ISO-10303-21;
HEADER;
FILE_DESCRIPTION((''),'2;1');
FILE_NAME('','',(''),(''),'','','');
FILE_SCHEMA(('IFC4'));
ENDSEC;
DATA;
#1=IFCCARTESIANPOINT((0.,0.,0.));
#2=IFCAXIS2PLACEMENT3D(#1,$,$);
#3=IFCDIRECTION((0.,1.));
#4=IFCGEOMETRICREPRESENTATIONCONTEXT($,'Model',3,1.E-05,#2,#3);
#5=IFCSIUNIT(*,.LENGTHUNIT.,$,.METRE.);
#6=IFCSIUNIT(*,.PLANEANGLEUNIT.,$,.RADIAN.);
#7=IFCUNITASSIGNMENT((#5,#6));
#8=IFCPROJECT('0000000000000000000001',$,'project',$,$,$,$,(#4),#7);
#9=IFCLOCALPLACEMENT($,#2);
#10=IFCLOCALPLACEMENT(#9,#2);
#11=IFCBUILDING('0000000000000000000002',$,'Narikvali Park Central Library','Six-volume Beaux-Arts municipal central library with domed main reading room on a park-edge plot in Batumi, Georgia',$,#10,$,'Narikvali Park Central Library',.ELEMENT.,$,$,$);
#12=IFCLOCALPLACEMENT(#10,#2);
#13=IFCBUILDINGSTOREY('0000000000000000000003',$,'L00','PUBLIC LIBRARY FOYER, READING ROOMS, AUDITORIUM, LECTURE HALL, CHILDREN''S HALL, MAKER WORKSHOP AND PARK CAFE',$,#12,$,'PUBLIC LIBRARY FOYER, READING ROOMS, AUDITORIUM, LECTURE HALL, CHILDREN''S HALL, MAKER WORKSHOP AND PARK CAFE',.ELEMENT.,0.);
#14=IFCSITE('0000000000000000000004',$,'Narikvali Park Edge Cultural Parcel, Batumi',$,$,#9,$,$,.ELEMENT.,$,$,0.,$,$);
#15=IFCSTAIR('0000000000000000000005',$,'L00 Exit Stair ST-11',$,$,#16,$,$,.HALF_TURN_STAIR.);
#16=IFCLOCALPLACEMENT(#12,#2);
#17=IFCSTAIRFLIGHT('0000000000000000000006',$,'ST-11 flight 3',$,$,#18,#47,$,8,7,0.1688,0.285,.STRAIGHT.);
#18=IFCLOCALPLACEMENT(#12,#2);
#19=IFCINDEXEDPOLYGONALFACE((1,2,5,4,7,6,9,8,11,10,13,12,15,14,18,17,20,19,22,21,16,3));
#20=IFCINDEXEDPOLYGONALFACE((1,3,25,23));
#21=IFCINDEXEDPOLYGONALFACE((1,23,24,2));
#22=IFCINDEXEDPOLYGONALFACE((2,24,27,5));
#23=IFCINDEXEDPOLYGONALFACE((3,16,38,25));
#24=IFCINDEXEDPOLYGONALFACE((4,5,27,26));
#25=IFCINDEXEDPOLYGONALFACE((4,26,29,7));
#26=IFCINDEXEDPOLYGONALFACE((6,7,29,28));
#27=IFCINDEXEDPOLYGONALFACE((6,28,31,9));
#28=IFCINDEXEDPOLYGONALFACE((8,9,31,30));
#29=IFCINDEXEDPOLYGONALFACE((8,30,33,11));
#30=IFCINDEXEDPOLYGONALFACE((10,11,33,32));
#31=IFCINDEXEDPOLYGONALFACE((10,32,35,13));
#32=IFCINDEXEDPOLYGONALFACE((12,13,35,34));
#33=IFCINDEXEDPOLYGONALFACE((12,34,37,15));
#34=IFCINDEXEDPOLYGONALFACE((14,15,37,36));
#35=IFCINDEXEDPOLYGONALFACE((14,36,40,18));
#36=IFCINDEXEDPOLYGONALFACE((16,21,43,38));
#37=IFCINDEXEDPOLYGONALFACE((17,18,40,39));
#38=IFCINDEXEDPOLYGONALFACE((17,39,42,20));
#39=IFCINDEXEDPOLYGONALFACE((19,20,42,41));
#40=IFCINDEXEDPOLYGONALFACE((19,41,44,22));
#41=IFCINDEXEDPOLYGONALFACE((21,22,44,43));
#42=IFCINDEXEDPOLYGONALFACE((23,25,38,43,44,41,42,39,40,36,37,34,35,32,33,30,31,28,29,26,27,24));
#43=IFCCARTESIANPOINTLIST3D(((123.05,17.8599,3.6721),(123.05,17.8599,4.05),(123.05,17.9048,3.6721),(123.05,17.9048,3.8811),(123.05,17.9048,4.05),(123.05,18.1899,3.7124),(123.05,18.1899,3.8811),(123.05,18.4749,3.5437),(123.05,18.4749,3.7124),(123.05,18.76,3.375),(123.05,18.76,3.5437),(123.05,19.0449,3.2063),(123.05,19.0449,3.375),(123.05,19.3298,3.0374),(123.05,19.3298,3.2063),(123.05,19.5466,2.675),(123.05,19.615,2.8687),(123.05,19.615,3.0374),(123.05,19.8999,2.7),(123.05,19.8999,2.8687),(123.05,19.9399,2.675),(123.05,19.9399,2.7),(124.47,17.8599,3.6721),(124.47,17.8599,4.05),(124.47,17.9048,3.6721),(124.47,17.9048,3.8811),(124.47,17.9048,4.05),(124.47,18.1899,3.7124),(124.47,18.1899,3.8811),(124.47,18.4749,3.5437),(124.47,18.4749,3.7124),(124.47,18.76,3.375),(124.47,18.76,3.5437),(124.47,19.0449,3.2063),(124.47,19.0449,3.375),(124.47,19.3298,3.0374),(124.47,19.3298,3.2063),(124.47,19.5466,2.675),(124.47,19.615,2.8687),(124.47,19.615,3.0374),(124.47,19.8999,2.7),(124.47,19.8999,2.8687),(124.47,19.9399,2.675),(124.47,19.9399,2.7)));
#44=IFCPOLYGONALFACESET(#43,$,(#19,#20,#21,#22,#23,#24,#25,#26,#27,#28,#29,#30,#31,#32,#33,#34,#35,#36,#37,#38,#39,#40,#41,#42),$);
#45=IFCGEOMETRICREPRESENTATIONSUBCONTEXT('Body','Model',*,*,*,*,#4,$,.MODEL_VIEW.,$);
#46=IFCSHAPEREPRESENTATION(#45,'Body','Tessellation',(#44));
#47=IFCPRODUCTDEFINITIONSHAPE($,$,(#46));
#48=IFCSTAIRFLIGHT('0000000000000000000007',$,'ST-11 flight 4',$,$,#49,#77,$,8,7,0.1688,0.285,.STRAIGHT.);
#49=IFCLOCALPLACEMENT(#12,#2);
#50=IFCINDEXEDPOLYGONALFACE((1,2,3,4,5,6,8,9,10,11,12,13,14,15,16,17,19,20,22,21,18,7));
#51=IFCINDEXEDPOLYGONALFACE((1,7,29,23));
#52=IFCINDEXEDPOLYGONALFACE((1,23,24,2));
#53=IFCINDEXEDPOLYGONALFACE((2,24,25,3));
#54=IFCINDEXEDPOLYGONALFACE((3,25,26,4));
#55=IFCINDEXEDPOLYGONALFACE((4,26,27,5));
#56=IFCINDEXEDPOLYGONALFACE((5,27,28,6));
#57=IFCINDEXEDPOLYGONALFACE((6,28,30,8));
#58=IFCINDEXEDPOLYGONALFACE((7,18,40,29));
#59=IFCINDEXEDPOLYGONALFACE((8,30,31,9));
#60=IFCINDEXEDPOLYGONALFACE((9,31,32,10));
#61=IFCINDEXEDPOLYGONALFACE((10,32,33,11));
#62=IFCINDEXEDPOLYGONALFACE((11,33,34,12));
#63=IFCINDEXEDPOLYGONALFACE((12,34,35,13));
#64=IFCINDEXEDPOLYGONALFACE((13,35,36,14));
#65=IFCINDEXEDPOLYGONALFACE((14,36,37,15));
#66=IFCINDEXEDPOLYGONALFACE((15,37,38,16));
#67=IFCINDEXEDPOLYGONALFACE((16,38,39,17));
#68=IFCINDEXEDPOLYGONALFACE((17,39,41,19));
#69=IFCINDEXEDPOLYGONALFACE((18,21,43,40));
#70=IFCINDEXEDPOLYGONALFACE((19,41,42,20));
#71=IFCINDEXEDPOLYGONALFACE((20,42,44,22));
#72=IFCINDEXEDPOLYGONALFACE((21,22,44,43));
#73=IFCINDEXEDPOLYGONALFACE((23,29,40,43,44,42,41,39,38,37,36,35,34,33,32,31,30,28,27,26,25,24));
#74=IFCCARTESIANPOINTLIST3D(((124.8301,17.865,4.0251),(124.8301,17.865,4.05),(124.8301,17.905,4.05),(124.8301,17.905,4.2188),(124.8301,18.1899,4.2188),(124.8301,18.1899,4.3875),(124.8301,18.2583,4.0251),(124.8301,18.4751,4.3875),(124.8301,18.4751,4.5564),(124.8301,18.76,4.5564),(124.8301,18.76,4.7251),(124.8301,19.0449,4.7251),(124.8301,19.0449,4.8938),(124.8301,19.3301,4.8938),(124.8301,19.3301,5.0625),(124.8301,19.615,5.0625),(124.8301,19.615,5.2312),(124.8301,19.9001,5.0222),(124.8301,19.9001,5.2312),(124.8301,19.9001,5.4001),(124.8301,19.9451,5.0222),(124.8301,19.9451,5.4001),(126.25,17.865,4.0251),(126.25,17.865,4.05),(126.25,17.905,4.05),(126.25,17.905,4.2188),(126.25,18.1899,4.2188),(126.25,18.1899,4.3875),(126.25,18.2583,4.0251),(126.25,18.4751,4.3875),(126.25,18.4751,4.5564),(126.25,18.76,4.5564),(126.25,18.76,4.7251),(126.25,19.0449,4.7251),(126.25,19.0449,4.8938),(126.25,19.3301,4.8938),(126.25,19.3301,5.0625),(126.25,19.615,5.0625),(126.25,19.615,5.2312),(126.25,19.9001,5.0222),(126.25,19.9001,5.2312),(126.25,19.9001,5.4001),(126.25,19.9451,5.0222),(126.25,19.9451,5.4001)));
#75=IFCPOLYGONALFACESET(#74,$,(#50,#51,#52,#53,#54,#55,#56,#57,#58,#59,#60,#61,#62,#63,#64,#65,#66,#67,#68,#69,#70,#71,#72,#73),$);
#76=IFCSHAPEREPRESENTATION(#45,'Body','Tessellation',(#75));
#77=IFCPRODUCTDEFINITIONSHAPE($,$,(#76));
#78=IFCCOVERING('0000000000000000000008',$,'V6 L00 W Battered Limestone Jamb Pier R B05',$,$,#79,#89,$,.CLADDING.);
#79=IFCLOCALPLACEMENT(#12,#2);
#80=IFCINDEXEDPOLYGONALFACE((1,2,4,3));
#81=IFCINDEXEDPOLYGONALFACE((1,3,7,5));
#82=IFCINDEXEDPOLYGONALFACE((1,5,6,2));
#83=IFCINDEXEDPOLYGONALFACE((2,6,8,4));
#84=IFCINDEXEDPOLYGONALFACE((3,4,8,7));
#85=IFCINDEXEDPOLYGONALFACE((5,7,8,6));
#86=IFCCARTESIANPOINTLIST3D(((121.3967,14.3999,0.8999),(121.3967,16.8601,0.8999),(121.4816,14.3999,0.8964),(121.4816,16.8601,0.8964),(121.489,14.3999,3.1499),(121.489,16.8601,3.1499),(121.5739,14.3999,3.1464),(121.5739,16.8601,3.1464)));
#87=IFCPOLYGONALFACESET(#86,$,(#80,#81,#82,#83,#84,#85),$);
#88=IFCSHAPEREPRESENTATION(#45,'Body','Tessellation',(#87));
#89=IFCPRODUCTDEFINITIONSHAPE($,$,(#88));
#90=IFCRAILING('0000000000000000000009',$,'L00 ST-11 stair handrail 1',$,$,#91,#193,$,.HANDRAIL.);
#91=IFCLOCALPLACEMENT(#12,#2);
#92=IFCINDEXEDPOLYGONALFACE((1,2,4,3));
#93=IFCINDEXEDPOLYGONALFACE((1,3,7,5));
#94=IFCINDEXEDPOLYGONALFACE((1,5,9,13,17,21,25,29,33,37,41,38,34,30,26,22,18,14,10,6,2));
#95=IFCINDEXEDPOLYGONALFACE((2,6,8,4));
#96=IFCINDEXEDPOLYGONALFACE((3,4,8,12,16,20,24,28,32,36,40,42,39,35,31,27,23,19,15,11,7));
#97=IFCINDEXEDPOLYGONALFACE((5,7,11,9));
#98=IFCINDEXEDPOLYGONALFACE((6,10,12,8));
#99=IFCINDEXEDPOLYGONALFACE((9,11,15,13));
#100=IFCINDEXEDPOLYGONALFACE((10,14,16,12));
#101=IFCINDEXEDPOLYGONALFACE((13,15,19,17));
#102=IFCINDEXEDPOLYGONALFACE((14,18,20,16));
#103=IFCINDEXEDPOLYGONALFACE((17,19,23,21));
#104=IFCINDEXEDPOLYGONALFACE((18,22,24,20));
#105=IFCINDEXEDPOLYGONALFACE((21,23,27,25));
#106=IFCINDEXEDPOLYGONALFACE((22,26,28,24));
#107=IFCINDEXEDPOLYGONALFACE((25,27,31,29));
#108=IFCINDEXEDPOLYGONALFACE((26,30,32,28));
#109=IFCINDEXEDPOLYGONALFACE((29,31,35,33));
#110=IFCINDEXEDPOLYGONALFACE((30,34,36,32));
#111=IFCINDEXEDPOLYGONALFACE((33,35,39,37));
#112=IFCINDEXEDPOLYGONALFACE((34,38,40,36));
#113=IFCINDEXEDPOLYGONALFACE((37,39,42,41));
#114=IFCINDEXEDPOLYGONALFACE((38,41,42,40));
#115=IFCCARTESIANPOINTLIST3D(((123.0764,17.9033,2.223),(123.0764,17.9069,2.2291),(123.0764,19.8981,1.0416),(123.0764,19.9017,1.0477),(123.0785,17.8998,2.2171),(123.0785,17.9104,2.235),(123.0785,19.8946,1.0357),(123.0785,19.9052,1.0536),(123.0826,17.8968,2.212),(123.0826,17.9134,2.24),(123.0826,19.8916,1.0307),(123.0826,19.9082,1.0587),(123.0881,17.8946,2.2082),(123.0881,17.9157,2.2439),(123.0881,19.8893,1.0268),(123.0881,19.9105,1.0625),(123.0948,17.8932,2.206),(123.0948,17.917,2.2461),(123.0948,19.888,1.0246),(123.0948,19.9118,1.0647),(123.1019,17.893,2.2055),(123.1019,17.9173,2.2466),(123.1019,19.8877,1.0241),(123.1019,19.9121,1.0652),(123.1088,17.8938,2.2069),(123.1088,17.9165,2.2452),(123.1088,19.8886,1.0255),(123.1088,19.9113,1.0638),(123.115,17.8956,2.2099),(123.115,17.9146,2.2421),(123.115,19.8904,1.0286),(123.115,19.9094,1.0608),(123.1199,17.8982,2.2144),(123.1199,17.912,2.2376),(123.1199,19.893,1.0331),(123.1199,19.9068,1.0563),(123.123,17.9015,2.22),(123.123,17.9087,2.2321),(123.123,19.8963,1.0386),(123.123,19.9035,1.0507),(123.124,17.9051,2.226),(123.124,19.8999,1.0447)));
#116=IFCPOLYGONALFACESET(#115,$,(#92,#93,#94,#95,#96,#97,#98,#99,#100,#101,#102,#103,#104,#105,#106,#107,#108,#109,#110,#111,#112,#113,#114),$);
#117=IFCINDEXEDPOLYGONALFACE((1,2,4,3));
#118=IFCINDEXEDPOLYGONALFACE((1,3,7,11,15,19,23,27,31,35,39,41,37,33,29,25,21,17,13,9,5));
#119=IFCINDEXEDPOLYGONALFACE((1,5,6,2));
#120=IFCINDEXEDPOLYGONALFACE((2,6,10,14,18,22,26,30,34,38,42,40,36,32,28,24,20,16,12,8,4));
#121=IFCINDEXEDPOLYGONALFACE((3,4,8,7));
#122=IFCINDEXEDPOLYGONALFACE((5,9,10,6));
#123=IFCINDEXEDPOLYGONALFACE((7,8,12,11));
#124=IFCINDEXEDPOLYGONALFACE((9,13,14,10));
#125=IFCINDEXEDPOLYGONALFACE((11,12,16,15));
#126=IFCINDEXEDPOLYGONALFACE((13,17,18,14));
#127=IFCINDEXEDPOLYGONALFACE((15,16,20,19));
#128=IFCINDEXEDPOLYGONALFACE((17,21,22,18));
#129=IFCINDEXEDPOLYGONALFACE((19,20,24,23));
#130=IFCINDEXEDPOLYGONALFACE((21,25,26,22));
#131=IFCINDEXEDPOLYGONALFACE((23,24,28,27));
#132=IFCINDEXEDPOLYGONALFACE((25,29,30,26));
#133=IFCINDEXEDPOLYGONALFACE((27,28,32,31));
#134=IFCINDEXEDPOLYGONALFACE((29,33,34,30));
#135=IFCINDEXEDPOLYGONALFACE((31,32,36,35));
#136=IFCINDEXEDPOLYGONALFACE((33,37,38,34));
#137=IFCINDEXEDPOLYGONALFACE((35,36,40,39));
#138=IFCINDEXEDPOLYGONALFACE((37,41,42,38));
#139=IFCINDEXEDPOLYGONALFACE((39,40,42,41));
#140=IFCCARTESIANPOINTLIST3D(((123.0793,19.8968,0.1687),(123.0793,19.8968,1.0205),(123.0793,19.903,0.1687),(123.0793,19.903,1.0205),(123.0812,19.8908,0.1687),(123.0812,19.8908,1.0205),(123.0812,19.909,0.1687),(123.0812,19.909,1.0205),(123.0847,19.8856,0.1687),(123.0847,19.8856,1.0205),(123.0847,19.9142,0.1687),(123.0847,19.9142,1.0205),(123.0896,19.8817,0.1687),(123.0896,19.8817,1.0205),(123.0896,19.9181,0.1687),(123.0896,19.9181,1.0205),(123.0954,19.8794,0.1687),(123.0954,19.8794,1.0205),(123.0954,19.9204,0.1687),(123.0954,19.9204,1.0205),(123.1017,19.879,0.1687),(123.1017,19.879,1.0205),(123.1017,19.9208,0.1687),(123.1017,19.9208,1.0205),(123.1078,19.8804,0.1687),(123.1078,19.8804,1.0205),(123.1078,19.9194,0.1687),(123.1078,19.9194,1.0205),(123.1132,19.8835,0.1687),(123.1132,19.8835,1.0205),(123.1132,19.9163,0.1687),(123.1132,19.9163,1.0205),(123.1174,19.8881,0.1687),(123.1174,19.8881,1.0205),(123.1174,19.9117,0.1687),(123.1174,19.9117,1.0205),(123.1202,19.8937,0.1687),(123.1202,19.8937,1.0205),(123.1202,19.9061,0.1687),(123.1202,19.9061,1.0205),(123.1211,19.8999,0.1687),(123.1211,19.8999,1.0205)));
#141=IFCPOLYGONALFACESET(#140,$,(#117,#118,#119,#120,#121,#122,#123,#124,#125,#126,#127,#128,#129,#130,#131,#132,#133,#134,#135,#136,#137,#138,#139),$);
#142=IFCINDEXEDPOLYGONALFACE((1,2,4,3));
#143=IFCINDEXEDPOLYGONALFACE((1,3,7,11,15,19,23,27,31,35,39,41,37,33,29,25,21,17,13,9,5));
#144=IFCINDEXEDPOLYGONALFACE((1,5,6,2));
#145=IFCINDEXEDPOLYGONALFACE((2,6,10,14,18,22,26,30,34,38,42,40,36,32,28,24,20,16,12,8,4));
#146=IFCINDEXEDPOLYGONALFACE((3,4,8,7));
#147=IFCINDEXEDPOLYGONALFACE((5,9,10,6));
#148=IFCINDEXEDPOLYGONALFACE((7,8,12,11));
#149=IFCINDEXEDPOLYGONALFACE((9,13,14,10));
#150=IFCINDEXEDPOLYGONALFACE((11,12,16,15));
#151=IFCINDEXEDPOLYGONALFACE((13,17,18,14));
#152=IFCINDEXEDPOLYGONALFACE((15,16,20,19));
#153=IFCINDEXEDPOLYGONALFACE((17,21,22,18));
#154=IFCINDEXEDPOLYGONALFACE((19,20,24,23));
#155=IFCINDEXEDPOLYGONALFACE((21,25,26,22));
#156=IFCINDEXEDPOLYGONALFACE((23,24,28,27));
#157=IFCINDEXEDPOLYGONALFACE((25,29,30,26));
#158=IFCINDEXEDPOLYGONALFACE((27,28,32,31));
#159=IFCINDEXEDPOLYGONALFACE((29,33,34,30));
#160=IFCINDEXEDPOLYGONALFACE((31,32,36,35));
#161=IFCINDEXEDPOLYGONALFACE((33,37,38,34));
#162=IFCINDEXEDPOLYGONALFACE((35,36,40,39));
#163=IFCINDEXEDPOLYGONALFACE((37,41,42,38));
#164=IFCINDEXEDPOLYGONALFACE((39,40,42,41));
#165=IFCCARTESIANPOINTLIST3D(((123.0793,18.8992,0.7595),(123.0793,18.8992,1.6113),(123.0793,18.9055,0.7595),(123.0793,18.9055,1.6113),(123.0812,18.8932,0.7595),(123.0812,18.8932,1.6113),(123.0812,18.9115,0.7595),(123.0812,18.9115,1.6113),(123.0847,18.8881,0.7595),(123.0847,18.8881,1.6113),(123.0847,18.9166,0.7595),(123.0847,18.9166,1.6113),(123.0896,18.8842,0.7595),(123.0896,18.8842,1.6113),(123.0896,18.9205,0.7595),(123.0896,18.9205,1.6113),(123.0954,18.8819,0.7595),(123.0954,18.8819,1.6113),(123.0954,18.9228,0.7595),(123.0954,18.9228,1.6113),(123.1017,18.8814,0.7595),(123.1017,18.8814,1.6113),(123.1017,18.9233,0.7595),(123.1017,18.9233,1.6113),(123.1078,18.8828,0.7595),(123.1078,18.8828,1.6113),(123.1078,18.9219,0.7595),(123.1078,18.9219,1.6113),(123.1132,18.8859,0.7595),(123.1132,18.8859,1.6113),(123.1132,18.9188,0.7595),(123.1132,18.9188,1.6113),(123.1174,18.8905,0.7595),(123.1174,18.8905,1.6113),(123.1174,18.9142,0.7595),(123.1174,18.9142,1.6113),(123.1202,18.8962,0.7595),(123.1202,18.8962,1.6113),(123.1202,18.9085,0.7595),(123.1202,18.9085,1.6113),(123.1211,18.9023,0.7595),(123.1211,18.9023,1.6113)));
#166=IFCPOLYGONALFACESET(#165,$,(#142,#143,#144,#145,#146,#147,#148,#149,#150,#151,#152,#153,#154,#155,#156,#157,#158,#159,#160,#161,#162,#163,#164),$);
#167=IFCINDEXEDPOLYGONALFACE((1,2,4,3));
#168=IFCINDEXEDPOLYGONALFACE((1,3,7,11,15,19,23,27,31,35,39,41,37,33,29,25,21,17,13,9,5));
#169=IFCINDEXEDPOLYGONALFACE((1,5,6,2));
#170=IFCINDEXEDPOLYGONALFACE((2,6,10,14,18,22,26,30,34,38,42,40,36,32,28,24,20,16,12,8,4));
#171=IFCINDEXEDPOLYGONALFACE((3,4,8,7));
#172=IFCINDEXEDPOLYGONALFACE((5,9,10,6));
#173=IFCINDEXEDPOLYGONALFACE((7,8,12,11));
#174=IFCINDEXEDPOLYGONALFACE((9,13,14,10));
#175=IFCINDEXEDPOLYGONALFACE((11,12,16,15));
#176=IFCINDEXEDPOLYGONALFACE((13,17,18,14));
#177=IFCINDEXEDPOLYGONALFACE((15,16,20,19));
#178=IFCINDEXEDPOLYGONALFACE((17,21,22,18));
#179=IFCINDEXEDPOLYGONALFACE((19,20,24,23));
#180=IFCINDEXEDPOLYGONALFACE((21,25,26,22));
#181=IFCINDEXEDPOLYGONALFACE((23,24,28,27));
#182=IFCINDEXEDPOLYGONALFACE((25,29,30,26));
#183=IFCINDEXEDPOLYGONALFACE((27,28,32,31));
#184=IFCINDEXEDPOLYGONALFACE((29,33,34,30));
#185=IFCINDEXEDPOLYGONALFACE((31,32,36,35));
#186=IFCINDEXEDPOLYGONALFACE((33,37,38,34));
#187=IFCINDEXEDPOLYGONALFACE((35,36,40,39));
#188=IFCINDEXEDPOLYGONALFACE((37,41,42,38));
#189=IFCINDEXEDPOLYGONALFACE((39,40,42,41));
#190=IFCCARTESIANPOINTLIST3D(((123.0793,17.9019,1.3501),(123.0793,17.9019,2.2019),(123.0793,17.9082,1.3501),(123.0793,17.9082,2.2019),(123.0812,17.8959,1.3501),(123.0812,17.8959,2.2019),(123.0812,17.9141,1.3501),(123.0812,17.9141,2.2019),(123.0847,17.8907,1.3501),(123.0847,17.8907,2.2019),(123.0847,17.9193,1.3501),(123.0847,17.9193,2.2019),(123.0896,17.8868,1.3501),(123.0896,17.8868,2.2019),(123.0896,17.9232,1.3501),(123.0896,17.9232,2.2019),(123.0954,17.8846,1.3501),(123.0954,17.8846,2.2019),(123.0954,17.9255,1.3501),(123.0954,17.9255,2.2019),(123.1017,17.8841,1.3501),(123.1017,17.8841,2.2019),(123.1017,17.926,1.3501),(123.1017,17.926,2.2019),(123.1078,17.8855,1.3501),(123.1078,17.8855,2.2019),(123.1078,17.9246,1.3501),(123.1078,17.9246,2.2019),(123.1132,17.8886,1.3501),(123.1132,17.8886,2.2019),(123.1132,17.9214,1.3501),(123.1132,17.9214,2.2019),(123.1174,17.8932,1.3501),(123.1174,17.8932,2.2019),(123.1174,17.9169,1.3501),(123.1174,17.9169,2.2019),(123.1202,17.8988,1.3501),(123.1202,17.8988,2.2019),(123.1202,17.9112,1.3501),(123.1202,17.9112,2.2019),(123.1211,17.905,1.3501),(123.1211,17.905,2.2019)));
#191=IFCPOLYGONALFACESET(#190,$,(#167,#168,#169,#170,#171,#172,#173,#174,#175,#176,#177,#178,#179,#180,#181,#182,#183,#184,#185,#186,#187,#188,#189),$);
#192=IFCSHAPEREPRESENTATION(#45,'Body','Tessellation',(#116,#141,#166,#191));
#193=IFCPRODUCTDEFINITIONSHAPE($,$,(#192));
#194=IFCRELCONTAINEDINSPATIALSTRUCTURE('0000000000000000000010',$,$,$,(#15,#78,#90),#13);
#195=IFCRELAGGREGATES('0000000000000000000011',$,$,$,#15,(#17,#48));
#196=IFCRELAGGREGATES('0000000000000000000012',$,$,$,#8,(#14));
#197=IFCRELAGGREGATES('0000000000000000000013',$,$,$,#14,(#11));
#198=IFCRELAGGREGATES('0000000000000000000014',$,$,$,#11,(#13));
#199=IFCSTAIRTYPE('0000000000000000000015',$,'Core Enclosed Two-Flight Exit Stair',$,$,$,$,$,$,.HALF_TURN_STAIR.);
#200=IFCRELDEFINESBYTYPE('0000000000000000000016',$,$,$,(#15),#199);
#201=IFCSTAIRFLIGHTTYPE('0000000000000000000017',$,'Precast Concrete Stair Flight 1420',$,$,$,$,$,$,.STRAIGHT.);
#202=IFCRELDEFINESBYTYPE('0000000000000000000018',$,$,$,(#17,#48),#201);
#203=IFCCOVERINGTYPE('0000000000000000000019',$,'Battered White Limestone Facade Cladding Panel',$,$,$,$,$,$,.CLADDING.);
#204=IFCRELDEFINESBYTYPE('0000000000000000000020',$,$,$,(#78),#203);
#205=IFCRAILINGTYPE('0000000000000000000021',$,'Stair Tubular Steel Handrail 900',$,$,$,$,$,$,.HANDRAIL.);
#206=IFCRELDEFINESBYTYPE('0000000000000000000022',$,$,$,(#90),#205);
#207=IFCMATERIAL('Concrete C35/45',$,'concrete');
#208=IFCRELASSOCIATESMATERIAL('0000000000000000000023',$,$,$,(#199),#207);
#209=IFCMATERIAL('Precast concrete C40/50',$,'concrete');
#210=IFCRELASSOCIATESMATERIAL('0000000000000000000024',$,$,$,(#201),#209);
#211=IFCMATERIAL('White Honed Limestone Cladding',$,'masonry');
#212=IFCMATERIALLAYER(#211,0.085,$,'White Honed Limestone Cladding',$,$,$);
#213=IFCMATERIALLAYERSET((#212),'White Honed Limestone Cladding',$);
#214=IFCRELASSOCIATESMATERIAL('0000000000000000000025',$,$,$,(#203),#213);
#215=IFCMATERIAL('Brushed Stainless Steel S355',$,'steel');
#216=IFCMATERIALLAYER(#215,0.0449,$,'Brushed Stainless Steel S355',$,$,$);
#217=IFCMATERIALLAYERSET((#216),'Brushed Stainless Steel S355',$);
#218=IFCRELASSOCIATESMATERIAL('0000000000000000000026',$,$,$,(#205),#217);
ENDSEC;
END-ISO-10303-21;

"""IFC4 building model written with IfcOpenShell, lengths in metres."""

from ifc_helpers import new_model, si_unit, direction, frame, origin, origin_2d, place, context, subcontext, project, spatial, polyline, circle, outline, extrude, material, layer, layer_set, type_object, element, aggregate, save


model = new_model("IFC4")

# Units and contexts
model_context = context("Model", 3, precision=1e-05, world=origin(), true_north=direction((0.0, 1.0)))
body_context = subcontext(model_context, "Body", "Model", "MODEL_VIEW")
ifc_project = project(units=[si_unit("LENGTHUNIT", "METRE"), si_unit("PLANEANGLEUNIT", "RADIAN")], contexts=[model_context])

# Site, building, storey
site_placement = place(None, origin())
site = spatial("IfcSite", under=ifc_project, at=site_placement, Name="Narikvali Park Edge Cultural Parcel, Batumi", CompositionType="ELEMENT", RefElevation=0.0)
building_placement = place(site_placement, origin())
building = spatial("IfcBuilding", under=site, at=building_placement, Name="Narikvali Park Central Library", Description="Six-volume Beaux-Arts municipal central library with domed main reading room on a park-edge plot in Batumi, Georgia", LongName="Narikvali Park Central Library", CompositionType="ELEMENT")
storey_placement = place(building_placement, origin())
storey = spatial("IfcBuildingStorey", under=building, at=storey_placement, Name="L00", Description="PUBLIC LIBRARY FOYER, READING ROOMS, AUDITORIUM, LECTURE HALL, CHILDREN'S HALL, MAKER WORKSHOP AND PARK CAFE", LongName="PUBLIC LIBRARY FOYER, READING ROOMS, AUDITORIUM, LECTURE HALL, CHILDREN'S HALL, MAKER WORKSHOP AND PARK CAFE", CompositionType="ELEMENT", Elevation=0.0)

# Shared definitions
ifc_material_1 = material(Name="Brushed Stainless Steel S355", Category="steel")

# Stair, stair flights
ifc_material_2 = material(Name="Concrete C35/45", Category="concrete")
stair_type = type_object("IfcStairType", Name="Core Enclosed Two-Flight Exit Stair", PredefinedType="HALF_TURN_STAIR", material=ifc_material_2)
stair_placement = place(storey_placement, origin())
stair = element("IfcStair", 1, at=stair_placement, inside=storey, type_object=stair_type, Name="L00 Exit Stair ST-11", PredefinedType="HALF_TURN_STAIR")
ifc_material_3 = material(Name="Precast concrete C40/50", Category="concrete")
stair_flight_type = type_object("IfcStairFlightType", Name="Precast Concrete Stair Flight 1420", PredefinedType="STRAIGHT", material=ifc_material_3)
stair_flight_1_placement = place(storey_placement, frame((123.76, 19.8999, 2.7), z_axis=(0.0, 0.0, 1.0), x_axis=(0.0, -1.0, 0.0)))
stair_flight_1 = element("IfcStairFlight", 2, at=stair_flight_1_placement, type_object=stair_flight_type, Name="ST-11 flight 3", NumberOfRisers=8, NumberOfTreads=7, PredefinedType="STRAIGHT", RiserHeight=0.1688, TreadLength=0.285, context=body_context, shape_type="SweptSolid", body=[
    extrude(outline(polyline([(-0.04, -0.0249), (-0.04, 0.0), (0.0, 0.0), (0.0, 0.1687), (0.2849, 0.1687), (0.2849, 0.3374), (0.5701, 0.3374), (0.5701, 0.5063), (0.855, 0.5063), (0.855, 0.675), (1.1399, 0.675), (1.1399, 0.8438), (1.425, 0.8438), (1.425, 1.0125), (1.71, 1.0125), (1.71, 1.1812), (1.9951, 1.1812), (1.9951, 1.3501), (2.04, 1.3501), (2.04, 0.9722), (1.9951, 0.9722), (0.3533, -0.0249), (-0.04, -0.0249)])), frame((0.0, 0.71, 0.0), z_axis=(0.0, -1.0, 0.0), x_axis=(1.0, 0.0, 0.0)), (0.0, 0.0, 1.0), 1.4199),
])
stair_flight_2_placement = place(storey_placement, frame((125.54, 17.905, 4.05), z_axis=(0.0, 0.0, 1.0), x_axis=(0.0, 1.0, 0.0)))
stair_flight_2 = element("IfcStairFlight", 3, at=stair_flight_2_placement, type_object=stair_flight_type, Name="ST-11 flight 4", NumberOfRisers=8, NumberOfTreads=7, PredefinedType="STRAIGHT", RiserHeight=0.1688, TreadLength=0.285, context=body_context, shape_type="SweptSolid", body=[
    extrude(outline(polyline([(-0.04, -0.0249), (-0.04, 0.0), (0.0, 0.0), (0.0, 0.1687), (0.2849, 0.1687), (0.2849, 0.3374), (0.5701, 0.3374), (0.5701, 0.5063), (0.855, 0.5063), (0.855, 0.675), (1.1399, 0.675), (1.1399, 0.8438), (1.425, 0.8438), (1.425, 1.0125), (1.71, 1.0125), (1.71, 1.1812), (1.9951, 1.1812), (1.9951, 1.3501), (2.04, 1.3501), (2.04, 0.9722), (1.9951, 0.9722), (0.3533, -0.0249), (-0.04, -0.0249)])), frame((0.0, 0.71, 0.0), z_axis=(0.0, -1.0, 0.0), x_axis=(1.0, 0.0, 0.0)), (0.0, 0.0, 1.0), 1.4199),
])
aggregate(stair, [stair_flight_1, stair_flight_2])

# Covering
ifc_material_4 = material(Name="White Honed Limestone Cladding", Category="masonry")
ifc_layer_1 = layer(ifc_material_4, 0.085, Name="White Honed Limestone Cladding")
ifc_layer_set_1 = layer_set([ifc_layer_1], Name="White Honed Limestone Cladding")
covering_type = type_object("IfcCoveringType", Name="Battered White Limestone Facade Cladding Panel", PredefinedType="CLADDING", material=ifc_layer_set_1)
covering_placement = place(storey_placement, frame((121.3967, 16.8601, 0.8999), z_axis=(-0.99916, 0.0, 0.040981), x_axis=(0.0, -1.0, 0.0)))
element("IfcCovering", 4, at=covering_placement, inside=storey, type_object=covering_type, Name="V6 L00 W Battered Limestone Jamb Pier R B05", PredefinedType="CLADDING", context=body_context, shape_type="SweptSolid", body=[
    extrude(outline(polyline([(0.0, 0.0), (2.4602, 0.0), (2.4602, 2.2519), (0.0, 2.2519), (0.0, 0.0)])), origin(), (0.0, 0.0, -1.0), 0.085),
])

# Railing
ifc_layer_2 = layer(ifc_material_1, 0.0449, Name="Brushed Stainless Steel S355")
ifc_layer_set_2 = layer_set([ifc_layer_2], Name="Brushed Stainless Steel S355")
railing_type_1 = type_object("IfcRailingType", Name="Stair Tubular Steel Handrail 900", PredefinedType="HANDRAIL", material=ifc_layer_set_2)
railing_1_placement = place(storey_placement, frame((123.1001, 19.8999, 0.1687)))
element("IfcRailing", 5, at=railing_1_placement, inside=storey, type_object=railing_type_1, Name="L00 ST-11 stair handrail 1", PredefinedType="HANDRAIL", context=body_context, shape_type="SweptSolid", body=[
    extrude(circle(Radius=0.0239, at=origin_2d()), frame((0.0, 0.0, 0.876), z_axis=(0.0, -0.860433, 0.509563), x_axis=(1.0, 0.0, 0.0)), (0.0, 0.0, 1.0), 2.3184),
    extrude(circle(Radius=0.021, at=origin_2d()), origin(), (0.0, 0.0, 1.0), 0.8518),
    extrude(circle(Radius=0.021, at=origin_2d()), frame((0.0, -0.9976, 0.5908)), (0.0, 0.0, 1.0), 0.8518),
    extrude(circle(Radius=0.021, at=origin_2d()), frame((0.0, -1.9949, 1.1814)), (0.0, 0.0, 1.0), 0.8518),
])

save(model, "model.ifc")
